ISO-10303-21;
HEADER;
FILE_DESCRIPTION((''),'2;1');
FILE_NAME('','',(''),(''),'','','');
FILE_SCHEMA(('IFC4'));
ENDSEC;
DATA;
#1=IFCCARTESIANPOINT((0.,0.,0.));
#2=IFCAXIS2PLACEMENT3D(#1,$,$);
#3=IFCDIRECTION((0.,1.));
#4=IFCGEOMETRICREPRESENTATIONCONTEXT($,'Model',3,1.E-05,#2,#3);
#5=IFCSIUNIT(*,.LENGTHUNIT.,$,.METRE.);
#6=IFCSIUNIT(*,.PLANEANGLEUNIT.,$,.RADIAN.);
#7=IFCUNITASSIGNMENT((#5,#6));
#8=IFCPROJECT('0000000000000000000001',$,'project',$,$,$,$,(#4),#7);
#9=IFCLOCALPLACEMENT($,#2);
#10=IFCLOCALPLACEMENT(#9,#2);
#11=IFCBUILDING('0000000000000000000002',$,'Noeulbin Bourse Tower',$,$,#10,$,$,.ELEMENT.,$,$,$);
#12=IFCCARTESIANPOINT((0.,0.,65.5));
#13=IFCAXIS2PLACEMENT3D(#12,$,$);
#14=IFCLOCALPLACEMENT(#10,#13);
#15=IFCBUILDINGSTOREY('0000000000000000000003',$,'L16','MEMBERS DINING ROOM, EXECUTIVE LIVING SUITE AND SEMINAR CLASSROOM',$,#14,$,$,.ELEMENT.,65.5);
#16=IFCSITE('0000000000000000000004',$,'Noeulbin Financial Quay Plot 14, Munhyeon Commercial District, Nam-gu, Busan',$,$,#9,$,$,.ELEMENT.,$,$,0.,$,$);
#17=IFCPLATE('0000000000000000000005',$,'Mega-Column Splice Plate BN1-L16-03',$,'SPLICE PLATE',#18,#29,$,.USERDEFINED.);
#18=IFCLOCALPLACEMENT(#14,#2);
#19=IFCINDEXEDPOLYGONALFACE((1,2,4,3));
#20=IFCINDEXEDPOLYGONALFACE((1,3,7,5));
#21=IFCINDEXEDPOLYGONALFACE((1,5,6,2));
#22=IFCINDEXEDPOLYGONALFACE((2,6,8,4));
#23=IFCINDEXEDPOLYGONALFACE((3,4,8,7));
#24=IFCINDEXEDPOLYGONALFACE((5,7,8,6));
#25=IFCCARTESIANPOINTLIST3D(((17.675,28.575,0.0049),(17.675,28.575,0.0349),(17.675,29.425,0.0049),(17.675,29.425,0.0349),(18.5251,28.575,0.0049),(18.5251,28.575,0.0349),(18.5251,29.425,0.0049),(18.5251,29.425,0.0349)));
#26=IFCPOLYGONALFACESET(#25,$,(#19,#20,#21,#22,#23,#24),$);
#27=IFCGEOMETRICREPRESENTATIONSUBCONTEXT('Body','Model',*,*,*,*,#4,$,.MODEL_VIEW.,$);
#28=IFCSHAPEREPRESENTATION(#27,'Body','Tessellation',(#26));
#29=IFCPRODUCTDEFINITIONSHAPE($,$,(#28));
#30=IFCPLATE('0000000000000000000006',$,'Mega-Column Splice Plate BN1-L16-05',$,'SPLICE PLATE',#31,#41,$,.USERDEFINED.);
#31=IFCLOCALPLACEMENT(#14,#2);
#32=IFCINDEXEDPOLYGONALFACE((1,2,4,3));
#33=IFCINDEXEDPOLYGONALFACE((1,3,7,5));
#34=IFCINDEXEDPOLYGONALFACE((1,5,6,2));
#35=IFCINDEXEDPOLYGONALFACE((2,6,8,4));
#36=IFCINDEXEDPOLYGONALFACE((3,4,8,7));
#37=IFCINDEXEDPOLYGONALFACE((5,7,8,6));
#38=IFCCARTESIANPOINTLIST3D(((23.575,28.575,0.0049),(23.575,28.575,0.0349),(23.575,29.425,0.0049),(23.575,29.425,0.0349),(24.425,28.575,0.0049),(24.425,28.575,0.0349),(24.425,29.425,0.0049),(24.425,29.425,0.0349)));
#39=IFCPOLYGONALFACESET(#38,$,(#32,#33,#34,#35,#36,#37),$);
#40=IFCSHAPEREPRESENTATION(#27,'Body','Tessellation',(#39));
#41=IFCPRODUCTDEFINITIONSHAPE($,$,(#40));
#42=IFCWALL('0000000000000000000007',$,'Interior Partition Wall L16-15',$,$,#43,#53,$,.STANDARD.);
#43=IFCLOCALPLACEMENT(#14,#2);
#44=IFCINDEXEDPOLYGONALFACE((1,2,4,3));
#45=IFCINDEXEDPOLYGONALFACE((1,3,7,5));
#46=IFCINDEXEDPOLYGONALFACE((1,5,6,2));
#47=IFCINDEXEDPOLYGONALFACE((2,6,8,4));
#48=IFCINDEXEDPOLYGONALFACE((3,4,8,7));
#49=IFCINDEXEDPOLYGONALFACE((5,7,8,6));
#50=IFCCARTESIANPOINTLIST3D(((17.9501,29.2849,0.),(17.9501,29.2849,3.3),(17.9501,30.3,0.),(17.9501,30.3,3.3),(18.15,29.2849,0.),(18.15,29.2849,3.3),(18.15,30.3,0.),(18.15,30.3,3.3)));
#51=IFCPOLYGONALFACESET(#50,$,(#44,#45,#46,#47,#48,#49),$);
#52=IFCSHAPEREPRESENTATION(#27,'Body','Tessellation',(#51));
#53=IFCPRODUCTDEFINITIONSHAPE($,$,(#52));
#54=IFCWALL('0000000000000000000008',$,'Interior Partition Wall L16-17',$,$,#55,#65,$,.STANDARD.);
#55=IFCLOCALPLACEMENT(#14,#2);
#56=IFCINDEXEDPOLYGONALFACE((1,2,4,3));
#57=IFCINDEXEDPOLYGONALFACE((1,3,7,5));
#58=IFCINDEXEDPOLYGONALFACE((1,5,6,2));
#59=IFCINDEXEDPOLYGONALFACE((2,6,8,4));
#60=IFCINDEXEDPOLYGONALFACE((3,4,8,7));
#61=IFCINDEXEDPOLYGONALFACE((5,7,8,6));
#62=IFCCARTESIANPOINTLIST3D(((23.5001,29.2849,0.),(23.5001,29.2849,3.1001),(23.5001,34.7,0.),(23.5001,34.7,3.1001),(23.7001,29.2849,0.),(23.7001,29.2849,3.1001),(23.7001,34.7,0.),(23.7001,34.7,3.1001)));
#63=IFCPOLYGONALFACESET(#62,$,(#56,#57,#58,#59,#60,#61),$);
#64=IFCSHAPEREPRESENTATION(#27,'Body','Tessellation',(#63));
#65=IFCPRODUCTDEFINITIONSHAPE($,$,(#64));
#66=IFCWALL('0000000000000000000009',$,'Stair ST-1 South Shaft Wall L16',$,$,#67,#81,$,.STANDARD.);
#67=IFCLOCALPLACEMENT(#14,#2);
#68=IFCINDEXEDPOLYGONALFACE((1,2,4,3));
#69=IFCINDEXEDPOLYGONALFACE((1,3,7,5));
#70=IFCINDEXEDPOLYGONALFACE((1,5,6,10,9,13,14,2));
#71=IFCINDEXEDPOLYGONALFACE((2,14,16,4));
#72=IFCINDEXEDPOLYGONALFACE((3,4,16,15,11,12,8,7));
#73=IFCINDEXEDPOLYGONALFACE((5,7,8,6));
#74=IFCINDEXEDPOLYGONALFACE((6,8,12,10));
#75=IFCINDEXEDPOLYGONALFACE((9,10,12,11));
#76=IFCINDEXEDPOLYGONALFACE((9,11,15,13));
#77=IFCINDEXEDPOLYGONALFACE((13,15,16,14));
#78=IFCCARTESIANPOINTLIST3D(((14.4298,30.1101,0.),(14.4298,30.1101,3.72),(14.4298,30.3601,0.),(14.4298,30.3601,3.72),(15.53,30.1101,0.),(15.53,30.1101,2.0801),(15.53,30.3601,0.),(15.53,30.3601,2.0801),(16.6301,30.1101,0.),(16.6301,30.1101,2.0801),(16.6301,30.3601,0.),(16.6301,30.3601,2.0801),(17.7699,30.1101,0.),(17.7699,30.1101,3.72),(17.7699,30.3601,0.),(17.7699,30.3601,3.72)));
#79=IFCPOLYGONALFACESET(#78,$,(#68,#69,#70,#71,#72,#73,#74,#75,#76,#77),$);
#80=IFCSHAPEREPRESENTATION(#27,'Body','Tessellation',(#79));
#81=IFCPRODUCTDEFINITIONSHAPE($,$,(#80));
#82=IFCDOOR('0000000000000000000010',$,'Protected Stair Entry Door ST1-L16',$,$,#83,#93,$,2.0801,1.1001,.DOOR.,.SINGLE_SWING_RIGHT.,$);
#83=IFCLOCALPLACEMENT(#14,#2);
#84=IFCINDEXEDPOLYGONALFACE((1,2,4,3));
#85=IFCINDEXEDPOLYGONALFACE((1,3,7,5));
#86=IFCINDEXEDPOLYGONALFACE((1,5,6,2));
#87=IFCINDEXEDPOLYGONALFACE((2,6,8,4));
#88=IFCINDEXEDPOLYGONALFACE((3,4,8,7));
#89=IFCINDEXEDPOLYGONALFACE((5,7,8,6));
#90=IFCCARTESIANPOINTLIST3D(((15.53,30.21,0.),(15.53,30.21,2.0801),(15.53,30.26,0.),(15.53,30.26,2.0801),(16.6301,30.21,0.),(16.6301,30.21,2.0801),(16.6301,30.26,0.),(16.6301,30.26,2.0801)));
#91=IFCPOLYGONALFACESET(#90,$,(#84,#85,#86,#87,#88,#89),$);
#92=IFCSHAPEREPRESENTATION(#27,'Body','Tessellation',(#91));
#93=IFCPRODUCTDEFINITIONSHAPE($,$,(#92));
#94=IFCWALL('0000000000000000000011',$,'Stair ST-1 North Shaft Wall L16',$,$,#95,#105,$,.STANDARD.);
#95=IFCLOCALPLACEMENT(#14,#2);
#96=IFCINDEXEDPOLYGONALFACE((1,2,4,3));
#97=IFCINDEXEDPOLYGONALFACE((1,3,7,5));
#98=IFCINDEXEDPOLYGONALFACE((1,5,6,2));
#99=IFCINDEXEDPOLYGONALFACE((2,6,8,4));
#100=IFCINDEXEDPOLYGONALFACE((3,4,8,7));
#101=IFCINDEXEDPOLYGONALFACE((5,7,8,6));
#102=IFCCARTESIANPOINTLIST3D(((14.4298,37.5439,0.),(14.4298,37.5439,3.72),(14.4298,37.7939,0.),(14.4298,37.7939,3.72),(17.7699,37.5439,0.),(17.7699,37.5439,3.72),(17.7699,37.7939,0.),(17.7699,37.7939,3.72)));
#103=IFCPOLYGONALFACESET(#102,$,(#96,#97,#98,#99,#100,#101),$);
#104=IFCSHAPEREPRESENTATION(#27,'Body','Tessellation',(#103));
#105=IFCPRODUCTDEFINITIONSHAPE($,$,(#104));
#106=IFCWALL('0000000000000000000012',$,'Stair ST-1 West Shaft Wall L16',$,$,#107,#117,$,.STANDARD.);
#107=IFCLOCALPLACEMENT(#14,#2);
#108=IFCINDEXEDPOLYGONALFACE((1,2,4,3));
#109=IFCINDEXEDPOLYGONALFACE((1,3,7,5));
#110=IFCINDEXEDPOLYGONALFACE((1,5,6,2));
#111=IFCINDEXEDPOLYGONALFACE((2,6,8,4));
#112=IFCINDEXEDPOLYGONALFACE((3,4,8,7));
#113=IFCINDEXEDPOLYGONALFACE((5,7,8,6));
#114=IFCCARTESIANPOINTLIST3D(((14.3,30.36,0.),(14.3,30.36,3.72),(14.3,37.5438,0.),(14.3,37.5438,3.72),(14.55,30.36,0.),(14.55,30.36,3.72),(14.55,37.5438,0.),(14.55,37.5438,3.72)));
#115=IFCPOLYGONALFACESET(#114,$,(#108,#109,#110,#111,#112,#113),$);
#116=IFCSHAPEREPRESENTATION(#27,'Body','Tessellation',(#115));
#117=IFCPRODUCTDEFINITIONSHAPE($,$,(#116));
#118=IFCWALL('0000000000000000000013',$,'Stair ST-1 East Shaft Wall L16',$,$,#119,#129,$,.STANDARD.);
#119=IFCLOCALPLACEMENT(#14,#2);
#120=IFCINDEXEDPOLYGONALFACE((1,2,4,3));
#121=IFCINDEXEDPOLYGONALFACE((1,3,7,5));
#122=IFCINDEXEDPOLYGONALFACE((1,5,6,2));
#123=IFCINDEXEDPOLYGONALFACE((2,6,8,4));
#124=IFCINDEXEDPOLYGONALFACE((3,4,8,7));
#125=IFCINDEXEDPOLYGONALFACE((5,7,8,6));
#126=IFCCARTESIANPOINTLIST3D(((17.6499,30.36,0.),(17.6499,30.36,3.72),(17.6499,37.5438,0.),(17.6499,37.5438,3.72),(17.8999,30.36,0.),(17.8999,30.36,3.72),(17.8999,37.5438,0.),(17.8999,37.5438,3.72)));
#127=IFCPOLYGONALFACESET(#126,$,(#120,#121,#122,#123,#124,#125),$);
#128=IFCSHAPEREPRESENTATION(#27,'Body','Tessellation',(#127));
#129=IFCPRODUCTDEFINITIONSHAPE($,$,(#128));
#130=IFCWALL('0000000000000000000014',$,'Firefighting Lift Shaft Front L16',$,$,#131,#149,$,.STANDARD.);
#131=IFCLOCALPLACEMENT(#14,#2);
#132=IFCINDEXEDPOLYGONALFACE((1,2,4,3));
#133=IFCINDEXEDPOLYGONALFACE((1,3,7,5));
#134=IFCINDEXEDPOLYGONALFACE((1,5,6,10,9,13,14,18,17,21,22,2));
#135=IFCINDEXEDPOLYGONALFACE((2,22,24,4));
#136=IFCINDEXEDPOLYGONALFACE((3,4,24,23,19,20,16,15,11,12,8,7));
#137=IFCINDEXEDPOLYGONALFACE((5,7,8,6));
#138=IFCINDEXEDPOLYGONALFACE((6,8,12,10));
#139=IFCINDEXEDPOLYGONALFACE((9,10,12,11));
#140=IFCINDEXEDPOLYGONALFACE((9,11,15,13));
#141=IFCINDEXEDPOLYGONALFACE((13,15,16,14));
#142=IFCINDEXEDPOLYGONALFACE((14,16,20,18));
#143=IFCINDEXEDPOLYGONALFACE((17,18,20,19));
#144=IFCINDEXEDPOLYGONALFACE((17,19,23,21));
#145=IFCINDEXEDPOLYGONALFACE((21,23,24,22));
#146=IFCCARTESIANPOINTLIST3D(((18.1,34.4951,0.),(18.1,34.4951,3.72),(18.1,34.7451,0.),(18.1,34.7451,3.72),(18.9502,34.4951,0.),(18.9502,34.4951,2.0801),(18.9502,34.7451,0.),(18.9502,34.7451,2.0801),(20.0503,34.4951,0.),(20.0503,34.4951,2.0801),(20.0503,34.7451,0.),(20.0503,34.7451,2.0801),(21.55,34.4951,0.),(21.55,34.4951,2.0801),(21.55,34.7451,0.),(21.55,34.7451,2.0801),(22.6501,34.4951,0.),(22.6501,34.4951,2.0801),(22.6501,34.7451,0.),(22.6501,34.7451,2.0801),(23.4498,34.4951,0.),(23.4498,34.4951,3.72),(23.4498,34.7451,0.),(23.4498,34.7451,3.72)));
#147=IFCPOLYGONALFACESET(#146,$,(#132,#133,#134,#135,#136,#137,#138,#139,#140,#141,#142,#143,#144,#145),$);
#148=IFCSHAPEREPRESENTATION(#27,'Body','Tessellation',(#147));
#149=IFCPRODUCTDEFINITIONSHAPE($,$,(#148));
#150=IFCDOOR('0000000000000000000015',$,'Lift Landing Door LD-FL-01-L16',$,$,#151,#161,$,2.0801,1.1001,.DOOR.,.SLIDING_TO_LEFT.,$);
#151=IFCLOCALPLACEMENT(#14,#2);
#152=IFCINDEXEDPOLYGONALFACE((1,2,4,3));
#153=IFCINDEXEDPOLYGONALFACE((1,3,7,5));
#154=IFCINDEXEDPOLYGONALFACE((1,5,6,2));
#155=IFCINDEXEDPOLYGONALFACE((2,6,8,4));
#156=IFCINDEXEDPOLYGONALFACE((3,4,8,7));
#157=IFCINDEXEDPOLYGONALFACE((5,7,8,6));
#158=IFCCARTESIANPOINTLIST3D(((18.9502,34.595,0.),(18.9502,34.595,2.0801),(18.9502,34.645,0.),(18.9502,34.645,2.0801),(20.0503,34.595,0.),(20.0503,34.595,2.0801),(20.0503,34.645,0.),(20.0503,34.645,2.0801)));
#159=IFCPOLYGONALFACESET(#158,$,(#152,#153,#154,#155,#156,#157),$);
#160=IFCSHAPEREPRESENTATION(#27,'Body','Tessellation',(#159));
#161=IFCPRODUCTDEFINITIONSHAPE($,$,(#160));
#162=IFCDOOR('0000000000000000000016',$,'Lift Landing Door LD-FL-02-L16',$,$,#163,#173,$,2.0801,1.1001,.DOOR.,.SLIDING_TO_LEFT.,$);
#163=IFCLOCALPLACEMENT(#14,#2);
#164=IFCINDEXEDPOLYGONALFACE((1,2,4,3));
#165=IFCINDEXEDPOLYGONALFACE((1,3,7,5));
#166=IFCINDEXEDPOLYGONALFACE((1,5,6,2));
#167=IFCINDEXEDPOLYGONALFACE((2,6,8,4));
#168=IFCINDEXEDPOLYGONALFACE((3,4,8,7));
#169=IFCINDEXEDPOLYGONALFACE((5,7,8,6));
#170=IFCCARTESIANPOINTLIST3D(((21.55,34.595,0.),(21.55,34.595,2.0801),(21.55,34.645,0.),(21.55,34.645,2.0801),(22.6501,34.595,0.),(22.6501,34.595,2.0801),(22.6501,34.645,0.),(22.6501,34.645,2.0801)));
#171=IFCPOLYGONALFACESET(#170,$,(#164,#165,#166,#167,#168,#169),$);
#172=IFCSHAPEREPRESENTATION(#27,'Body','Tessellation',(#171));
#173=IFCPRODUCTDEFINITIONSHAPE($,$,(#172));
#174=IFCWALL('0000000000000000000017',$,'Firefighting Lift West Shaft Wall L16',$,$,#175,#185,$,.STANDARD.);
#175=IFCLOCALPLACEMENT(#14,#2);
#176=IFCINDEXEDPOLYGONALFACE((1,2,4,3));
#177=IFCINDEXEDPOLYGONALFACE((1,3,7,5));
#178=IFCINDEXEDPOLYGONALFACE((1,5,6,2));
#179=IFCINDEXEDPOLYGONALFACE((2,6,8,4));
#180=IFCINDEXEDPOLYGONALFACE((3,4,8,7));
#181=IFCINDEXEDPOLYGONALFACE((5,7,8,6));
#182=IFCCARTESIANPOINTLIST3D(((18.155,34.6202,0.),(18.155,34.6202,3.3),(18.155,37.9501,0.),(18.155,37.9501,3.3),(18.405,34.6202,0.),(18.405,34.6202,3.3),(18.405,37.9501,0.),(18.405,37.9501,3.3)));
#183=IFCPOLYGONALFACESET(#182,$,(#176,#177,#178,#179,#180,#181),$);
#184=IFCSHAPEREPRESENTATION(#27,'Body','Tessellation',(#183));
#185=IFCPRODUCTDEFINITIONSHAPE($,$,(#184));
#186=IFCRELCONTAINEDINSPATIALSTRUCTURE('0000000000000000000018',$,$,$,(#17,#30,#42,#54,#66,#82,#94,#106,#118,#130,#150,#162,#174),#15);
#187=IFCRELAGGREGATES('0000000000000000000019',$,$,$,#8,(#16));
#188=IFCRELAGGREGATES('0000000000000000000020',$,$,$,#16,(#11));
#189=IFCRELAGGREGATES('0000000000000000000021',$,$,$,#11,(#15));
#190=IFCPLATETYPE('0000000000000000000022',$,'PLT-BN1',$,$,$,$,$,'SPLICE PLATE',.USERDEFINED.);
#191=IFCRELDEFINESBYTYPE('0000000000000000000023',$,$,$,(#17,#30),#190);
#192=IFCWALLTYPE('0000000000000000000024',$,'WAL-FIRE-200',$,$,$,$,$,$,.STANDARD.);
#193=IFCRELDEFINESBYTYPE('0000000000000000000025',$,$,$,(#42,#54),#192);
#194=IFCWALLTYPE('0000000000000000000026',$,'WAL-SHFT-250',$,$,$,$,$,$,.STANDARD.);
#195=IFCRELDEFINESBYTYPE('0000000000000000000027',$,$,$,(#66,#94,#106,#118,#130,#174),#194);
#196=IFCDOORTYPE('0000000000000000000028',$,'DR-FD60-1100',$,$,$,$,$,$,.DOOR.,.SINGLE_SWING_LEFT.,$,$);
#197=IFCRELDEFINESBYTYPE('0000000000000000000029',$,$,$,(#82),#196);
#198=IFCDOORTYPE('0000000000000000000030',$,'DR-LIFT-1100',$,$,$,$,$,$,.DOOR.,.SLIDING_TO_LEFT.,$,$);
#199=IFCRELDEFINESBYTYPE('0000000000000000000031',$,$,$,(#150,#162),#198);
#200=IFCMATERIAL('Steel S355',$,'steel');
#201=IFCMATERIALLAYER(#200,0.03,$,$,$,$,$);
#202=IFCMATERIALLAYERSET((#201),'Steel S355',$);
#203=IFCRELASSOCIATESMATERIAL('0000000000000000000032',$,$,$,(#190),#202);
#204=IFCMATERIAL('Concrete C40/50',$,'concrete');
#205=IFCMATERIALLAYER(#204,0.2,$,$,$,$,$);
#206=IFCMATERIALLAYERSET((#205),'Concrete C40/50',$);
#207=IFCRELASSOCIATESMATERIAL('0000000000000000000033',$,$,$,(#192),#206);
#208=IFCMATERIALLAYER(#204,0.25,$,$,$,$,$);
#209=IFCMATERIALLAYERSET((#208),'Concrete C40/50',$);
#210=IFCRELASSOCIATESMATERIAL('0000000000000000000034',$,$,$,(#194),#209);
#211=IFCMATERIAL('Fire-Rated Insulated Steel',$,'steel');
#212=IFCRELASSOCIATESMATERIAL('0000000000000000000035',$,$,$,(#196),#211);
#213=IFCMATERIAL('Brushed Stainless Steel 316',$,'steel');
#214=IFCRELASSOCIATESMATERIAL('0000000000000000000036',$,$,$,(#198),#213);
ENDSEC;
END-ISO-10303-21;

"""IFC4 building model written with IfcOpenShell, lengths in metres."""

from ifc_helpers import new_model, si_unit, direction, frame, frame_2d, origin, origin_2d, place, context, subcontext, project, spatial, rectangle, extrude, material, layer, layer_set, type_object, element, fill, save


model = new_model("IFC4")

# Units and contexts
model_context = context("Model", 3, precision=1e-05, world=origin(), true_north=direction((0.0, 1.0)))
body_context = subcontext(model_context, "Body", "Model", "MODEL_VIEW")
ifc_project = project(units=[si_unit("LENGTHUNIT", "METRE"), si_unit("PLANEANGLEUNIT", "RADIAN")], contexts=[model_context])

# Site, building, storey
site_placement = place(None, origin())
site = spatial("IfcSite", under=ifc_project, at=site_placement, Name="Noeulbin Financial Quay Plot 14, Munhyeon Commercial District, Nam-gu, Busan", CompositionType="ELEMENT", RefElevation=0.0)
building_placement = place(site_placement, origin())
building = spatial("IfcBuilding", under=site, at=building_placement, Name="Noeulbin Bourse Tower", CompositionType="ELEMENT")
storey_placement = place(building_placement, frame((0.0, 0.0, 65.5)))
storey = spatial("IfcBuildingStorey", under=building, at=storey_placement, Name="L16", Description="MEMBERS DINING ROOM, EXECUTIVE LIVING SUITE AND SEMINAR CLASSROOM", CompositionType="ELEMENT", Elevation=65.5)

# Shared definitions
ifc_material_1 = material(Name="Steel S355", Category="steel")

# Plates
ifc_layer_1 = layer(ifc_material_1, 0.03)
ifc_layer_set_1 = layer_set([ifc_layer_1], Name="Steel S355")
plate_type = type_object("IfcPlateType", Name="PLT-BN1", ElementType="SPLICE PLATE", PredefinedType="USERDEFINED", material=ifc_layer_set_1)
for number, where, z_axis, x_axis, name in (
    (1, (18.1001, 29.0, 0.0049), (0.0, 0.0, 1.0), (1.0, 0.0, 0.0), "Mega-Column Splice Plate BN1-L16-03"),
    (2, (24.0, 29.0, 0.0049), (0.0, 0.0, 1.0), (1.0, 0.0, 0.0), "Mega-Column Splice Plate BN1-L16-05"),
):
    element("IfcPlate", number, at=place(storey_placement, frame(where, z_axis=z_axis, x_axis=x_axis)), inside=storey, type_object=plate_type, Name=name, ObjectType="SPLICE PLATE", PredefinedType="USERDEFINED", context=body_context, shape_type="SweptSolid", body=[
        extrude(rectangle(XDim=0.8501, YDim=0.8501, at=origin_2d()), origin(), (0.0, 0.0, 1.0), 0.03),
    ])

# Walls
ifc_material_2 = material(Name="Concrete C40/50", Category="concrete")
ifc_layer_2 = layer(ifc_material_2, 0.2)
ifc_layer_set_2 = layer_set([ifc_layer_2], Name="Concrete C40/50")
wall_type_1 = type_object("IfcWallType", Name="WAL-FIRE-200", PredefinedType="STANDARD", material=ifc_layer_set_2)
wall_1_placement = place(storey_placement, frame((18.05, 29.2849, 0.0), z_axis=(0.0, 0.0, 1.0), x_axis=(0.0, 1.0, 0.0)))
element("IfcWall", 3, at=wall_1_placement, inside=storey, type_object=wall_type_1, Name="Interior Partition Wall L16-15", PredefinedType="STANDARD", context=body_context, shape_type="SweptSolid", body=[
    extrude(rectangle(XDim=1.0151, YDim=0.2, at=frame_2d((0.5076, 0.0))), origin(), (0.0, 0.0, 1.0), 3.3),
])
wall_2_placement = place(storey_placement, frame((23.6001, 29.2849, 0.0), z_axis=(0.0, 0.0, 1.0), x_axis=(0.0, 1.0, 0.0)))
element("IfcWall", 4, at=wall_2_placement, inside=storey, type_object=wall_type_1, Name="Interior Partition Wall L16-17", PredefinedType="STANDARD", context=body_context, shape_type="SweptSolid", body=[
    extrude(rectangle(XDim=5.415, YDim=0.2, at=frame_2d((2.7075, 0.0))), origin(), (0.0, 0.0, 1.0), 3.1001),
])

# Wall, opening, door
ifc_layer_3 = layer(ifc_material_2, 0.25)
ifc_layer_set_3 = layer_set([ifc_layer_3], Name="Concrete C40/50")
wall_type_2 = type_object("IfcWallType", Name="WAL-SHFT-250", PredefinedType="STANDARD", material=ifc_layer_set_3)
wall_3_placement = place(storey_placement, frame((14.4299, 30.2351, 0.0), z_axis=(0.0, 0.0, 1.0), x_axis=(1.0, 0.0, 0.0)))
wall_3 = element("IfcWall", 5, at=wall_3_placement, inside=storey, type_object=wall_type_2, Name="Stair ST-1 South Shaft Wall L16", PredefinedType="STANDARD", context=body_context, shape_type="SweptSolid", body=[
    extrude(rectangle(XDim=3.3401, YDim=0.25, at=frame_2d((1.6699, 0.0))), origin(), (0.0, 0.0, 1.0), 3.72),
])
opening_1_placement = place(wall_3_placement, frame((1.1001, 0.0, 0.0)))
opening_1 = element("IfcOpeningElement", 6, at=opening_1_placement, cuts=wall_3, PredefinedType="OPENING", context=body_context, shape_type="SweptSolid", body=[
    extrude(rectangle(XDim=1.1001, YDim=2.0801, at=frame_2d((0.55, 1.04))), frame((0.0, 0.135, 0.0), z_axis=(0.0, -1.0, 0.0), x_axis=(1.0, 0.0, 0.0)), (0.0, 0.0, 1.0), 0.27),
])
ifc_material_3 = material(Name="Fire-Rated Insulated Steel", Category="steel")
door_type_1 = type_object("IfcDoorType", Name="DR-FD60-1100", OperationType="SINGLE_SWING_LEFT", PredefinedType="DOOR", material=ifc_material_3)
door_1_placement = place(opening_1_placement, origin())
door_1 = element("IfcDoor", 7, at=door_1_placement, inside=storey, type_object=door_type_1, Name="Protected Stair Entry Door ST1-L16", OperationType="SINGLE_SWING_RIGHT", OverallHeight=2.0801, OverallWidth=1.1001, PredefinedType="DOOR", context=body_context, shape_type="SweptSolid", body=[
    extrude(rectangle(XDim=1.1001, YDim=2.0801, at=frame_2d((0.55, 1.04))), frame((0.0, 0.0249, 0.0), z_axis=(0.0, -1.0, 0.0), x_axis=(1.0, 0.0, 0.0)), (0.0, 0.0, 1.0), 0.05),
])
fill(opening_1, door_1)

# Walls
wall_4_placement = place(storey_placement, frame((14.4299, 37.6689, 0.0), z_axis=(0.0, 0.0, 1.0), x_axis=(1.0, 0.0, 0.0)))
element("IfcWall", 8, at=wall_4_placement, inside=storey, type_object=wall_type_2, Name="Stair ST-1 North Shaft Wall L16", PredefinedType="STANDARD", context=body_context, shape_type="SweptSolid", body=[
    extrude(rectangle(XDim=3.3401, YDim=0.25, at=frame_2d((1.6699, 0.0))), origin(), (0.0, 0.0, 1.0), 3.72),
])
for number, where, z_axis, x_axis, name in (
    (9, (14.425, 30.3601, 0.0), (0.0, 0.0, 1.0), (0.0, 1.0, 0.0), "Stair ST-1 West Shaft Wall L16"),
    (10, (17.7749, 30.3601, 0.0), (0.0, 0.0, 1.0), (0.0, 1.0, 0.0), "Stair ST-1 East Shaft Wall L16"),
):
    element("IfcWall", number, at=place(storey_placement, frame(where, z_axis=z_axis, x_axis=x_axis)), inside=storey, type_object=wall_type_2, Name=name, PredefinedType="STANDARD", context=body_context, shape_type="SweptSolid", body=[
        extrude(rectangle(XDim=7.1838, YDim=0.25, at=frame_2d((3.5918, 0.0))), origin(), (0.0, 0.0, 1.0), 3.72),
    ])

# Wall, openings, doors
wall_5_placement = place(storey_placement, frame((18.1001, 34.6201, 0.0), z_axis=(0.0, 0.0, 1.0), x_axis=(1.0, 0.0, 0.0)))
wall_5 = element("IfcWall", 11, at=wall_5_placement, inside=storey, type_object=wall_type_2, Name="Firefighting Lift Shaft Front L16", PredefinedType="STANDARD", context=body_context, shape_type="SweptSolid", body=[
    extrude(rectangle(XDim=5.3499, YDim=0.25, at=frame_2d((2.6748, 0.0))), origin(), (0.0, 0.0, 1.0), 3.72),
])
opening_2_placement = place(wall_5_placement, frame((0.8501, 0.0, 0.0)))
opening_2 = element("IfcOpeningElement", 12, at=opening_2_placement, cuts=wall_5, PredefinedType="OPENING", context=body_context, shape_type="SweptSolid", body=[
    extrude(rectangle(XDim=1.1001, YDim=2.0801, at=frame_2d((0.55, 1.04))), frame((0.0, 0.135, 0.0), z_axis=(0.0, -1.0, 0.0), x_axis=(1.0, 0.0, 0.0)), (0.0, 0.0, 1.0), 0.27),
])
opening_3_placement = place(wall_5_placement, frame((3.45, 0.0, 0.0)))
opening_3 = element("IfcOpeningElement", 13, at=opening_3_placement, cuts=wall_5, PredefinedType="OPENING", context=body_context, shape_type="SweptSolid", body=[
    extrude(rectangle(XDim=1.1001, YDim=2.0801, at=frame_2d((0.55, 1.04))), frame((0.0, 0.135, 0.0), z_axis=(0.0, -1.0, 0.0), x_axis=(1.0, 0.0, 0.0)), (0.0, 0.0, 1.0), 0.27),
])
ifc_material_4 = material(Name="Brushed Stainless Steel 316", Category="steel")
door_type_2 = type_object("IfcDoorType", Name="DR-LIFT-1100", OperationType="SLIDING_TO_LEFT", PredefinedType="DOOR", material=ifc_material_4)
door_2_placement = place(opening_2_placement, origin())
door_2 = element("IfcDoor", 14, at=door_2_placement, inside=storey, type_object=door_type_2, Name="Lift Landing Door LD-FL-01-L16", OperationType="SLIDING_TO_LEFT", OverallHeight=2.0801, OverallWidth=1.1001, PredefinedType="DOOR", context=body_context, shape_type="SweptSolid", body=[
    extrude(rectangle(XDim=1.1001, YDim=2.0801, at=frame_2d((0.55, 1.04))), frame((0.0, 0.0249, 0.0), z_axis=(0.0, -1.0, 0.0), x_axis=(1.0, 0.0, 0.0)), (0.0, 0.0, 1.0), 0.05),
])
fill(opening_2, door_2)
door_3_placement = place(opening_3_placement, origin())
door_3 = element("IfcDoor", 15, at=door_3_placement, inside=storey, type_object=door_type_2, Name="Lift Landing Door LD-FL-02-L16", OperationType="SLIDING_TO_LEFT", OverallHeight=2.0801, OverallWidth=1.1001, PredefinedType="DOOR", context=body_context, shape_type="SweptSolid", body=[
    extrude(rectangle(XDim=1.1001, YDim=2.0801, at=frame_2d((0.55, 1.04))), frame((0.0, 0.0249, 0.0), z_axis=(0.0, -1.0, 0.0), x_axis=(1.0, 0.0, 0.0)), (0.0, 0.0, 1.0), 0.05),
])
fill(opening_3, door_3)

# Wall
for number, where, z_axis, x_axis, name in (
    (16, (18.28, 34.6201, 0.0), (0.0, 0.0, 1.0), (0.0, 1.0, 0.0), "Firefighting Lift West Shaft Wall L16"),
):
    element("IfcWall", number, at=place(storey_placement, frame(where, z_axis=z_axis, x_axis=x_axis)), inside=storey, type_object=wall_type_2, Name=name, PredefinedType="STANDARD", context=body_context, shape_type="SweptSolid", body=[
        extrude(rectangle(XDim=3.3298, YDim=0.25, at=frame_2d((1.665, 0.0))), origin(), (0.0, 0.0, 1.0), 3.3),
    ])

save(model, "model.ifc")
